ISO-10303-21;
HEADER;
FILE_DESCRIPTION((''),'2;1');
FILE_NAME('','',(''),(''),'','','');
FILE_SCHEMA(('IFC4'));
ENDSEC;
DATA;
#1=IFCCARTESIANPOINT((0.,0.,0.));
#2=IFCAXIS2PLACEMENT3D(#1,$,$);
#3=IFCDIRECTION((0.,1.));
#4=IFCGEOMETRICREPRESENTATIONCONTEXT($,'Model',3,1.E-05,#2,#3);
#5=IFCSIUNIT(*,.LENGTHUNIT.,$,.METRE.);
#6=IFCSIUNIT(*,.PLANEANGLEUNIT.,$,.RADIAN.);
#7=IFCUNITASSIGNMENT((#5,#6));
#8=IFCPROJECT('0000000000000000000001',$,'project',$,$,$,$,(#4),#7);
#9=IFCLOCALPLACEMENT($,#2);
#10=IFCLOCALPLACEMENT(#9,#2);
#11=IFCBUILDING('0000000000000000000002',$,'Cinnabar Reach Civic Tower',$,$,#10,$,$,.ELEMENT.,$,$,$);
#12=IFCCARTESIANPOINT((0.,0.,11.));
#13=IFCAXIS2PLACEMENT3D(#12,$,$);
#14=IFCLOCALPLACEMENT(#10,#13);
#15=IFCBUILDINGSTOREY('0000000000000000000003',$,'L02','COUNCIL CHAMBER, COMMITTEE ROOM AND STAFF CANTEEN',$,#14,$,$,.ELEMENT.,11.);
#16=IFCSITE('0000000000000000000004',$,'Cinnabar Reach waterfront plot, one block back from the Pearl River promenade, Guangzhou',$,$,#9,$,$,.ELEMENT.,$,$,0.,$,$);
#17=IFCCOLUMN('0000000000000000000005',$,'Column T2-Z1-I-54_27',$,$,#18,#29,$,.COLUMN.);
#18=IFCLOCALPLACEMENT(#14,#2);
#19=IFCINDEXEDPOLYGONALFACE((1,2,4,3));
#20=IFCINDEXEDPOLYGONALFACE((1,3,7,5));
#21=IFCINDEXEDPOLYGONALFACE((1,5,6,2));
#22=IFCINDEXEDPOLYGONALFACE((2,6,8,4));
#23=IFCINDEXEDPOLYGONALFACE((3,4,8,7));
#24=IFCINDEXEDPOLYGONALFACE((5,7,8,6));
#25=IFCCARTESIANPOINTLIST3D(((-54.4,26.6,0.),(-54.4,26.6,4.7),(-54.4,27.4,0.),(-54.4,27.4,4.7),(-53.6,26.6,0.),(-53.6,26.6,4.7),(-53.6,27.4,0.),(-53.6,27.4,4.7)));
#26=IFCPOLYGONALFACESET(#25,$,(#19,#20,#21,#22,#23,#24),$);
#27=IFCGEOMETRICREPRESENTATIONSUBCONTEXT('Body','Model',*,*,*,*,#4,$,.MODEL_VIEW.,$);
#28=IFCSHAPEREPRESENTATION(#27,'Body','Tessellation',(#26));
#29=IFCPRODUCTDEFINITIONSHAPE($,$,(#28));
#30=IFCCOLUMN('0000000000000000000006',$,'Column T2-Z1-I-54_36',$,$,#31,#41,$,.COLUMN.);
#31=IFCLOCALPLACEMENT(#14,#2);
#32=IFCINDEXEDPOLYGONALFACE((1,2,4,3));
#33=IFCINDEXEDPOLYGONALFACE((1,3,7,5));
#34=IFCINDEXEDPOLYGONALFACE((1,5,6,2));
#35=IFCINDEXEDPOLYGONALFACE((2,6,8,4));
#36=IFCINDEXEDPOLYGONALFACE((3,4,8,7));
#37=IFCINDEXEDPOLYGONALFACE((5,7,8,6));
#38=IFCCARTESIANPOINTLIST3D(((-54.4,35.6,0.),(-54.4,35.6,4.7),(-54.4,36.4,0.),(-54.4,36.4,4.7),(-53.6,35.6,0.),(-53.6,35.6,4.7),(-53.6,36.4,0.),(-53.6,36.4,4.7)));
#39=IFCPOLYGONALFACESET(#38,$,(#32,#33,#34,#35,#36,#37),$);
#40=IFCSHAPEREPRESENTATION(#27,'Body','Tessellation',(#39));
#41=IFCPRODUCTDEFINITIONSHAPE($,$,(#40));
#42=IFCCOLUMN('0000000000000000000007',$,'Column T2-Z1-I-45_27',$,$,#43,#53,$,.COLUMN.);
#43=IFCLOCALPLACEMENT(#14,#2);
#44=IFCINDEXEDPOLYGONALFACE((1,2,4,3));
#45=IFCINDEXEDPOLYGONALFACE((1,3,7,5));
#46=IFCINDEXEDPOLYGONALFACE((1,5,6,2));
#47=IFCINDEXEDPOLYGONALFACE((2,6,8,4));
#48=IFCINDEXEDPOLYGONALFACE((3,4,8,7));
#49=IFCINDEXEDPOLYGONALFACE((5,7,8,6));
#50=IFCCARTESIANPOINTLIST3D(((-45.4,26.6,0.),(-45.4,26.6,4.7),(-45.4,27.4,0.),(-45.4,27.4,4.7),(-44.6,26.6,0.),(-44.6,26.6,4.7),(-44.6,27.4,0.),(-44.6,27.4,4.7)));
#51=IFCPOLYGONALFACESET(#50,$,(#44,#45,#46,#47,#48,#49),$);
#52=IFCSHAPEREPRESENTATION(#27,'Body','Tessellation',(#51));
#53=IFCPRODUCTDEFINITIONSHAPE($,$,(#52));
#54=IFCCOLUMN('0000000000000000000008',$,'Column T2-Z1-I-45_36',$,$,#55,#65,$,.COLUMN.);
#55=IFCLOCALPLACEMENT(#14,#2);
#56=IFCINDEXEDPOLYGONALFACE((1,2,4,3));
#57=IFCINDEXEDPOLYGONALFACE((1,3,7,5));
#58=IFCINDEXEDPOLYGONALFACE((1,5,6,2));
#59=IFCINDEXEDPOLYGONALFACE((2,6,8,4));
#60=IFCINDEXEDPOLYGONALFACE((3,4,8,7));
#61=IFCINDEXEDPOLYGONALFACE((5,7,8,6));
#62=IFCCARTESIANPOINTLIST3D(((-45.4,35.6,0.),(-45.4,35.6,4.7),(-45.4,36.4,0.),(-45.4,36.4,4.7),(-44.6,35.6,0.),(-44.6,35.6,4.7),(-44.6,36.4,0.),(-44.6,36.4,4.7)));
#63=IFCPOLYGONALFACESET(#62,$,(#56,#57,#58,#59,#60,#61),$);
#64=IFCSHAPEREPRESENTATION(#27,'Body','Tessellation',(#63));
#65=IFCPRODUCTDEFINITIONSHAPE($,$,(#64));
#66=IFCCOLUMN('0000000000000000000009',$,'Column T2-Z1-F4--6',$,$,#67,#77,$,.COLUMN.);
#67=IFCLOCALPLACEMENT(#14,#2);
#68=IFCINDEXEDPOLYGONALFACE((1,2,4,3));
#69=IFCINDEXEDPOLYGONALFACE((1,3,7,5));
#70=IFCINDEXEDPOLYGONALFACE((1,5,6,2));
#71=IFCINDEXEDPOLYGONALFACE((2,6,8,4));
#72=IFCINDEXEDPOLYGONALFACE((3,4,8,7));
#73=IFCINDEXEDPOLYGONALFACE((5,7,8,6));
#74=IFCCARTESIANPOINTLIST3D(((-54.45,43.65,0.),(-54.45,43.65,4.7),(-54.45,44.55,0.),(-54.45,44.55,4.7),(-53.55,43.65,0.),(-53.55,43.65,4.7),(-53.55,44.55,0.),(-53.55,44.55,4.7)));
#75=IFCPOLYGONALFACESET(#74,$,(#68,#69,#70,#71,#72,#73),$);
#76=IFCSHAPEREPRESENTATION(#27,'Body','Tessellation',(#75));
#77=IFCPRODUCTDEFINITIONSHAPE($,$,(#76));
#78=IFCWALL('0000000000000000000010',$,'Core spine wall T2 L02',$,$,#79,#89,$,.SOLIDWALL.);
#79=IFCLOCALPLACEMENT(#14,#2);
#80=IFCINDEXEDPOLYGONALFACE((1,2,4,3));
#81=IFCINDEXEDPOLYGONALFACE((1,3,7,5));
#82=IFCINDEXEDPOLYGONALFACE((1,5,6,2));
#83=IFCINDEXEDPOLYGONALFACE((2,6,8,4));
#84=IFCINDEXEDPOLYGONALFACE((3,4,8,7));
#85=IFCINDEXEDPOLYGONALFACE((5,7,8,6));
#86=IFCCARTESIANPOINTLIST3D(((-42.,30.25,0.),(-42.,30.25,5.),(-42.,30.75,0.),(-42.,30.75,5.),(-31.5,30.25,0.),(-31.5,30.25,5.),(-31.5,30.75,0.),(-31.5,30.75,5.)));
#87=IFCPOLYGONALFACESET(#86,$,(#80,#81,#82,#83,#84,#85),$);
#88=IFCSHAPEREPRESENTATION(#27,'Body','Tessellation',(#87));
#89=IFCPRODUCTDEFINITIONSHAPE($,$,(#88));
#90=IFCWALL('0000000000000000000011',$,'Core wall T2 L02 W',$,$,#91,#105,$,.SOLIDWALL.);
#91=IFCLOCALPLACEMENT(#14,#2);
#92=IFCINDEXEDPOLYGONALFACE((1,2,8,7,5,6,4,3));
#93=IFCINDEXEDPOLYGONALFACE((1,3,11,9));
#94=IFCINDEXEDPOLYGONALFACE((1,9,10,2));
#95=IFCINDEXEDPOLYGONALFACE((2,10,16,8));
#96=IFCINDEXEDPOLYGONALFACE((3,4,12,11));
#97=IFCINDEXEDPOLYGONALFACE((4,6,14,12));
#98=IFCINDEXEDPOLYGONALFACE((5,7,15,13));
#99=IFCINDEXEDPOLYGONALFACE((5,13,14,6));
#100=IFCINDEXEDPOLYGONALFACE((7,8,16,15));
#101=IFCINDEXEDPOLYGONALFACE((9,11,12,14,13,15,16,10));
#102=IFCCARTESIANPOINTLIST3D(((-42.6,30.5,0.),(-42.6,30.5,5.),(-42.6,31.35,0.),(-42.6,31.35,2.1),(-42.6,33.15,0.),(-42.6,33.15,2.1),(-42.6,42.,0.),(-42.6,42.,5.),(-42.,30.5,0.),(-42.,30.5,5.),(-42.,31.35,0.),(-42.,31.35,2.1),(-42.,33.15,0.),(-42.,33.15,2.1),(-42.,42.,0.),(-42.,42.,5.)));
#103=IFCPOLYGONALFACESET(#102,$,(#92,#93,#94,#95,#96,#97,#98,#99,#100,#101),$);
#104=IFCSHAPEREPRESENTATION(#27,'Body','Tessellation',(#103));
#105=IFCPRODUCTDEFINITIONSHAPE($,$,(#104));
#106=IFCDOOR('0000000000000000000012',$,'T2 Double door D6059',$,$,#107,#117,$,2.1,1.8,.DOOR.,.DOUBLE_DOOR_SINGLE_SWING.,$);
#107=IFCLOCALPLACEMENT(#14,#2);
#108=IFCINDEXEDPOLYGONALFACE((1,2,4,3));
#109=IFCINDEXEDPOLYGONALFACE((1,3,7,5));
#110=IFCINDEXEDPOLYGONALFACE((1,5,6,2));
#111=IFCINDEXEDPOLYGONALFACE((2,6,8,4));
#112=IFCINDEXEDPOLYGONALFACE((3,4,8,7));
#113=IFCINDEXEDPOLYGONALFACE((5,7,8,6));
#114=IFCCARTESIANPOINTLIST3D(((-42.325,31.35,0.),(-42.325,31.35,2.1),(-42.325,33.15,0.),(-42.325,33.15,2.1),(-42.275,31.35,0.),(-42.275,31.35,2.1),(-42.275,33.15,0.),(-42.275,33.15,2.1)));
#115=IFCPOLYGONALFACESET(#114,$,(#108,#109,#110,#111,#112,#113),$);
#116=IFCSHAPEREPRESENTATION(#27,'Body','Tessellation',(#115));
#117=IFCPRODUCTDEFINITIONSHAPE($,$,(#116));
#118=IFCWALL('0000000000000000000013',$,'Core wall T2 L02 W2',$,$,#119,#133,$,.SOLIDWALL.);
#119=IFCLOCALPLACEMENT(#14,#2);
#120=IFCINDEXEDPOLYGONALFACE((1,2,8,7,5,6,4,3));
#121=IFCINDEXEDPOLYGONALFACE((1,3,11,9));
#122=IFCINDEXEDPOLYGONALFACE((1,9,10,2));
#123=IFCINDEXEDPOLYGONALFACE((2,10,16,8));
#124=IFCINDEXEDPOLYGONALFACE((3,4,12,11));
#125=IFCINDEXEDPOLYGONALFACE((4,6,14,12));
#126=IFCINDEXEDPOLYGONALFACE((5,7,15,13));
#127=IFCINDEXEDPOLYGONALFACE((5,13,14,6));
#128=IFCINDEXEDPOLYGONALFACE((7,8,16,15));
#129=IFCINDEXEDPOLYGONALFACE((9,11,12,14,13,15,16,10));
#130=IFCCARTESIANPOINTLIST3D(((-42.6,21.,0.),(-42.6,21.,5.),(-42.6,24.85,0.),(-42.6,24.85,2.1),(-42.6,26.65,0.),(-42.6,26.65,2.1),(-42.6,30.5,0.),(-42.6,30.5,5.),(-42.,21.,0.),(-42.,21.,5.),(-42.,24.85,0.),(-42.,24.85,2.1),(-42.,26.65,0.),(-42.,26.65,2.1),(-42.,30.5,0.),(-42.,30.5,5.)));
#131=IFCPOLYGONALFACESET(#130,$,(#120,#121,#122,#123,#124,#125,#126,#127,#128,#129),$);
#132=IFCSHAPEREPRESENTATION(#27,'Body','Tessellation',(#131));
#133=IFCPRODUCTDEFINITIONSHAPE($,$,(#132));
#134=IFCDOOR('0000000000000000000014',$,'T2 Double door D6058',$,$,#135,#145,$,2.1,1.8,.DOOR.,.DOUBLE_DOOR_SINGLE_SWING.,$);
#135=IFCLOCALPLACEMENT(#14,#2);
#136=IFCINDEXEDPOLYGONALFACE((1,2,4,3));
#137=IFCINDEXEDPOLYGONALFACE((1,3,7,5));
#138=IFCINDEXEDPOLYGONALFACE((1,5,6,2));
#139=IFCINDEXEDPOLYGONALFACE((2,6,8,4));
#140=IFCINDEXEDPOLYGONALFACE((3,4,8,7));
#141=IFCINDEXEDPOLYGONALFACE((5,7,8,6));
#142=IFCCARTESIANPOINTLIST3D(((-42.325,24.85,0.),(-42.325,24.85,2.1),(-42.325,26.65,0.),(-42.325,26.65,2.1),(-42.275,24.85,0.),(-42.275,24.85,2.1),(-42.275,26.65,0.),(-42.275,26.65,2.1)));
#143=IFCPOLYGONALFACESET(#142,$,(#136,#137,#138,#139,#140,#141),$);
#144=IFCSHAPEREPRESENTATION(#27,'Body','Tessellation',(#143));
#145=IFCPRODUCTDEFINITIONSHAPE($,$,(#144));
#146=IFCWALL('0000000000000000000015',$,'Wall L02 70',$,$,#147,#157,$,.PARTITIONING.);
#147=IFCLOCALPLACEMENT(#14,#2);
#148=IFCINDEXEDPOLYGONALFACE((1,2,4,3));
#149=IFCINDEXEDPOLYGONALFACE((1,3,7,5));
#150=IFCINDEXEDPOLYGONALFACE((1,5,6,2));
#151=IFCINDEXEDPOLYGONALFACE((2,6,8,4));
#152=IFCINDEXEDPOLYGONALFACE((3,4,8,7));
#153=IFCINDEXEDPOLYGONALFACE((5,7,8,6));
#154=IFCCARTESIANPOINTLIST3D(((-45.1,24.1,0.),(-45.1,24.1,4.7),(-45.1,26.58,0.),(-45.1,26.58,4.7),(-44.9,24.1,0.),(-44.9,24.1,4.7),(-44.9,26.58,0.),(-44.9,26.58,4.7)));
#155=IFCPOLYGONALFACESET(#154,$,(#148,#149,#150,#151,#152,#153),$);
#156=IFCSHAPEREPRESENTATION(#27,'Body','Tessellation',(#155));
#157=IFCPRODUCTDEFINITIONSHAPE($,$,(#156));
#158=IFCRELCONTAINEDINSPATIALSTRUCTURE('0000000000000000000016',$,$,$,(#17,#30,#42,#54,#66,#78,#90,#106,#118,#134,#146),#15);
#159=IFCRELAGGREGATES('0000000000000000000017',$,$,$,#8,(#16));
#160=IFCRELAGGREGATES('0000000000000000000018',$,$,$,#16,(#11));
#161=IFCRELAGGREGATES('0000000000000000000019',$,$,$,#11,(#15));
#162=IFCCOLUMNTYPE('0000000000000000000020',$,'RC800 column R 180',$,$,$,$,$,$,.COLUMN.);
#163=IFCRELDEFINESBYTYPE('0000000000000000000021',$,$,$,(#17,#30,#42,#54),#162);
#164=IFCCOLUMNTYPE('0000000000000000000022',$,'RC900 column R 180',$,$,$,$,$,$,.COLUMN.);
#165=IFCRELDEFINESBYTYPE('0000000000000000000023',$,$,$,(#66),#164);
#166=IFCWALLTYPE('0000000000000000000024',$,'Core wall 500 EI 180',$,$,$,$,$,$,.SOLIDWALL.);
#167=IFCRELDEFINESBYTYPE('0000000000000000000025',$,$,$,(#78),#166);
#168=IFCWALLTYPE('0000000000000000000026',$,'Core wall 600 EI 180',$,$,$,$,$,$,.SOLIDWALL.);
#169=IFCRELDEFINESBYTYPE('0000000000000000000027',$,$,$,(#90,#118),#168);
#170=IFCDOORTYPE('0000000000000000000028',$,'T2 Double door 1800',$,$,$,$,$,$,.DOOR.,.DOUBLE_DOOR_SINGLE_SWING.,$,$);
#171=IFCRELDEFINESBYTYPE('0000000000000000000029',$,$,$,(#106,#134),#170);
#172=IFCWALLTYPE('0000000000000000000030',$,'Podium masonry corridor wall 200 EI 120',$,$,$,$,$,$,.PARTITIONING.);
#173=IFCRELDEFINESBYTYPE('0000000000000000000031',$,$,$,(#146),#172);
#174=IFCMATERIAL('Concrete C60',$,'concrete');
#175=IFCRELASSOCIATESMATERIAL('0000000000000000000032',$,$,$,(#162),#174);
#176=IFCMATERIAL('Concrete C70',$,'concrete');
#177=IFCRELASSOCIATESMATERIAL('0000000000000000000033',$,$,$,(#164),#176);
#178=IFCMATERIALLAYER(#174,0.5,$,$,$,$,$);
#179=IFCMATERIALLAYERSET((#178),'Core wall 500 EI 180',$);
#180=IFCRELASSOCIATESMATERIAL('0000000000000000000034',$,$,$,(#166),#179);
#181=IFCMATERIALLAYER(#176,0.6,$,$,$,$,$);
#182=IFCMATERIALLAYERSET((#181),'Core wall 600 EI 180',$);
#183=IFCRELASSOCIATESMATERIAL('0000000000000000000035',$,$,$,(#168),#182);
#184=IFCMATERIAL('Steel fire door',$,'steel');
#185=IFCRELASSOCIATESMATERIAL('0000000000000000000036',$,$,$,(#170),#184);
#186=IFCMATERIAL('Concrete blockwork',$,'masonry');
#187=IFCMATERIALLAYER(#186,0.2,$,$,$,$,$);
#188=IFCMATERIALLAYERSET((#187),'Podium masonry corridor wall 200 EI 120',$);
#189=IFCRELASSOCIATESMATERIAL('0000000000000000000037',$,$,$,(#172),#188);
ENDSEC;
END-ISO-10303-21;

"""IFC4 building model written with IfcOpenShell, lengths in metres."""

from ifc_helpers import new_model, si_unit, direction, frame, frame_2d, origin, origin_2d, place, context, subcontext, project, spatial, rectangle, extrude, material, layer, layer_set, material_profile, profile_set, type_object, element, fill, save


model = new_model("IFC4")

# Units and contexts
model_context = context("Model", 3, precision=1e-05, world=origin(), true_north=direction((0.0, 1.0)))
body_context = subcontext(model_context, "Body", "Model", "MODEL_VIEW")
ifc_project = project(units=[si_unit("LENGTHUNIT", "METRE"), si_unit("PLANEANGLEUNIT", "RADIAN")], contexts=[model_context])

# Site, building, storey
site_placement = place(None, origin())
site = spatial("IfcSite", under=ifc_project, at=site_placement, Name="Cinnabar Reach waterfront plot, one block back from the Pearl River promenade, Guangzhou", CompositionType="ELEMENT", RefElevation=0.0)
building_placement = place(site_placement, origin())
building = spatial("IfcBuilding", under=site, at=building_placement, Name="Cinnabar Reach Civic Tower", CompositionType="ELEMENT")
storey_placement = place(building_placement, frame((0.0, 0.0, 11.0)))
storey = spatial("IfcBuildingStorey", under=building, at=storey_placement, Name="L02", Description="COUNCIL CHAMBER, COMMITTEE ROOM AND STAFF CANTEEN", CompositionType="ELEMENT", Elevation=11.0)

# Columns
ifc_material_1 = material(Name="Concrete C60", Category="concrete")
ifc_material_profile_1 = material_profile(ifc_material_1, rectangle(XDim=0.8, YDim=0.8, at=origin_2d()), Name="RC800")
ifc_profile_set_1 = profile_set([ifc_material_profile_1], Name="Concrete C60")
column_type_1 = type_object("IfcColumnType", Name="RC800 column R 180", PredefinedType="COLUMN", material=ifc_profile_set_1)
for number, where, z_axis, x_axis, name in (
    (1, (-54.0, 27.0, 0.0), (0.0, 0.0, 1.0), (1.0, 0.0, 0.0), "Column T2-Z1-I-54_27"),
    (2, (-54.0, 36.0, 0.0), (0.0, 0.0, 1.0), (1.0, 0.0, 0.0), "Column T2-Z1-I-54_36"),
    (3, (-45.0, 27.0, 0.0), (0.0, 0.0, 1.0), (1.0, 0.0, 0.0), "Column T2-Z1-I-45_27"),
    (4, (-45.0, 36.0, 0.0), (0.0, 0.0, 1.0), (1.0, 0.0, 0.0), "Column T2-Z1-I-45_36"),
):
    element("IfcColumn", number, at=place(storey_placement, frame(where, z_axis=z_axis, x_axis=x_axis)), inside=storey, type_object=column_type_1, Name=name, PredefinedType="COLUMN", context=body_context, shape_type="SweptSolid", body=[
        extrude(rectangle(XDim=0.8, YDim=0.8, at=origin_2d()), origin(), (0.0, 0.0, 1.0), 4.7),
    ])
ifc_material_2 = material(Name="Concrete C70", Category="concrete")
ifc_material_profile_2 = material_profile(ifc_material_2, rectangle(XDim=0.9, YDim=0.9, at=origin_2d()), Name="RC900")
ifc_profile_set_2 = profile_set([ifc_material_profile_2], Name="Concrete C70")
column_type_2 = type_object("IfcColumnType", Name="RC900 column R 180", PredefinedType="COLUMN", material=ifc_profile_set_2)
column_placement = place(storey_placement, frame((-54.0, 44.1, 0.0), z_axis=(0.0, 0.0, 1.0), x_axis=(1.0, 0.0, 0.0)))
element("IfcColumn", 5, at=column_placement, inside=storey, type_object=column_type_2, Name="Column T2-Z1-F4--6", PredefinedType="COLUMN", context=body_context, shape_type="SweptSolid", body=[
    extrude(rectangle(XDim=0.9, YDim=0.9, at=origin_2d()), origin(), (0.0, 0.0, 1.0), 4.7),
])

# Wall
ifc_layer_1 = layer(ifc_material_1, 0.5)
ifc_layer_set_1 = layer_set([ifc_layer_1], Name="Core wall 500 EI 180")
wall_type_1 = type_object("IfcWallType", Name="Core wall 500 EI 180", PredefinedType="SOLIDWALL", material=ifc_layer_set_1)
wall_1_placement = place(storey_placement, frame((-42.0, 30.5, 0.0), z_axis=(0.0, 0.0, 1.0), x_axis=(1.0, 0.0, 0.0)))
element("IfcWall", 6, at=wall_1_placement, inside=storey, type_object=wall_type_1, Name="Core spine wall T2 L02", PredefinedType="SOLIDWALL", context=body_context, shape_type="SweptSolid", body=[
    extrude(rectangle(XDim=10.5, YDim=0.5, at=frame_2d((5.25, 0.0))), origin(), (0.0, 0.0, 1.0), 5.0),
])

# Walls, openings, doors
ifc_layer_2 = layer(ifc_material_2, 0.6)
ifc_layer_set_2 = layer_set([ifc_layer_2], Name="Core wall 600 EI 180")
wall_type_2 = type_object("IfcWallType", Name="Core wall 600 EI 180", PredefinedType="SOLIDWALL", material=ifc_layer_set_2)
wall_2_placement = place(storey_placement, frame((-42.3, 42.0, 0.0), z_axis=(0.0, 0.0, 1.0), x_axis=(0.0, -1.0, 0.0)))
wall_2 = element("IfcWall", 7, at=wall_2_placement, inside=storey, type_object=wall_type_2, Name="Core wall T2 L02 W", PredefinedType="SOLIDWALL", context=body_context, shape_type="SweptSolid", body=[
    extrude(rectangle(XDim=11.5, YDim=0.6, at=frame_2d((5.75, 0.0))), origin(), (0.0, 0.0, 1.0), 5.0),
])
opening_1_placement = place(wall_2_placement, frame((8.85, 0.0, 0.0)))
opening_1 = element("IfcOpeningElement", 8, at=opening_1_placement, cuts=wall_2, PredefinedType="OPENING", context=body_context, shape_type="SweptSolid", body=[
    extrude(rectangle(XDim=1.8, YDim=2.1, at=frame_2d((0.9, 1.05))), frame((0.0, 0.31, 0.0), z_axis=(0.0, -1.0, 0.0), x_axis=(1.0, 0.0, 0.0)), (0.0, 0.0, 1.0), 0.62),
])
ifc_material_3 = material(Name="Steel fire door", Category="steel")
door_type_1 = type_object("IfcDoorType", Name="T2 Double door 1800", OperationType="DOUBLE_DOOR_SINGLE_SWING", PredefinedType="DOOR", material=ifc_material_3)
door_1_placement = place(opening_1_placement, frame((1.8, 0.0, 0.0), z_axis=(0.0, 0.0, 1.0), x_axis=(-1.0, 0.0, 0.0)))
door_1 = element("IfcDoor", 9, at=door_1_placement, inside=storey, type_object=door_type_1, Name="T2 Double door D6059", OperationType="DOUBLE_DOOR_SINGLE_SWING", OverallHeight=2.1, OverallWidth=1.8, PredefinedType="DOOR", context=body_context, shape_type="SweptSolid", body=[
    extrude(rectangle(XDim=1.8, YDim=2.1, at=frame_2d((0.9, 1.05))), frame((0.0, 0.025, 0.0), z_axis=(0.0, -1.0, 0.0), x_axis=(1.0, 0.0, 0.0)), (0.0, 0.0, 1.0), 0.05),
])
fill(opening_1, door_1)
wall_3_placement = place(storey_placement, frame((-42.3, 30.5, 0.0), z_axis=(0.0, 0.0, 1.0), x_axis=(0.0, -1.0, 0.0)))
wall_3 = element("IfcWall", 10, at=wall_3_placement, inside=storey, type_object=wall_type_2, Name="Core wall T2 L02 W2", PredefinedType="SOLIDWALL", context=body_context, shape_type="SweptSolid", body=[
    extrude(rectangle(XDim=9.5, YDim=0.6, at=frame_2d((4.75, 0.0))), origin(), (0.0, 0.0, 1.0), 5.0),
])
opening_2_placement = place(wall_3_placement, frame((3.85, 0.0, 0.0)))
opening_2 = element("IfcOpeningElement", 11, at=opening_2_placement, cuts=wall_3, PredefinedType="OPENING", context=body_context, shape_type="SweptSolid", body=[
    extrude(rectangle(XDim=1.8, YDim=2.1, at=frame_2d((0.9, 1.05))), frame((0.0, 0.31, 0.0), z_axis=(0.0, -1.0, 0.0), x_axis=(1.0, 0.0, 0.0)), (0.0, 0.0, 1.0), 0.62),
])
door_2_placement = place(opening_2_placement, origin())
door_2 = element("IfcDoor", 12, at=door_2_placement, inside=storey, type_object=door_type_1, Name="T2 Double door D6058", OperationType="DOUBLE_DOOR_SINGLE_SWING", OverallHeight=2.1, OverallWidth=1.8, PredefinedType="DOOR", context=body_context, shape_type="SweptSolid", body=[
    extrude(rectangle(XDim=1.8, YDim=2.1, at=frame_2d((0.9, 1.05))), frame((0.0, 0.025, 0.0), z_axis=(0.0, -1.0, 0.0), x_axis=(1.0, 0.0, 0.0)), (0.0, 0.0, 1.0), 0.05),
])
fill(opening_2, door_2)

# Wall
ifc_material_4 = material(Name="Concrete blockwork", Category="masonry")
ifc_layer_3 = layer(ifc_material_4, 0.2)
ifc_layer_set_3 = layer_set([ifc_layer_3], Name="Podium masonry corridor wall 200 EI 120")
wall_type_3 = type_object("IfcWallType", Name="Podium masonry corridor wall 200 EI 120", PredefinedType="PARTITIONING", material=ifc_layer_set_3)
wall_4_placement = place(storey_placement, frame((-45.0, 24.1, 0.0), z_axis=(0.0, 0.0, 1.0), x_axis=(0.0, 1.0, 0.0)))
element("IfcWall", 13, at=wall_4_placement, inside=storey, type_object=wall_type_3, Name="Wall L02 70", PredefinedType="PARTITIONING", context=body_context, shape_type="SweptSolid", body=[
    extrude(rectangle(XDim=2.48, YDim=0.2, at=frame_2d((1.24, 0.0))), origin(), (0.0, 0.0, 1.0), 4.7),
])

save(model, "model.ifc")
